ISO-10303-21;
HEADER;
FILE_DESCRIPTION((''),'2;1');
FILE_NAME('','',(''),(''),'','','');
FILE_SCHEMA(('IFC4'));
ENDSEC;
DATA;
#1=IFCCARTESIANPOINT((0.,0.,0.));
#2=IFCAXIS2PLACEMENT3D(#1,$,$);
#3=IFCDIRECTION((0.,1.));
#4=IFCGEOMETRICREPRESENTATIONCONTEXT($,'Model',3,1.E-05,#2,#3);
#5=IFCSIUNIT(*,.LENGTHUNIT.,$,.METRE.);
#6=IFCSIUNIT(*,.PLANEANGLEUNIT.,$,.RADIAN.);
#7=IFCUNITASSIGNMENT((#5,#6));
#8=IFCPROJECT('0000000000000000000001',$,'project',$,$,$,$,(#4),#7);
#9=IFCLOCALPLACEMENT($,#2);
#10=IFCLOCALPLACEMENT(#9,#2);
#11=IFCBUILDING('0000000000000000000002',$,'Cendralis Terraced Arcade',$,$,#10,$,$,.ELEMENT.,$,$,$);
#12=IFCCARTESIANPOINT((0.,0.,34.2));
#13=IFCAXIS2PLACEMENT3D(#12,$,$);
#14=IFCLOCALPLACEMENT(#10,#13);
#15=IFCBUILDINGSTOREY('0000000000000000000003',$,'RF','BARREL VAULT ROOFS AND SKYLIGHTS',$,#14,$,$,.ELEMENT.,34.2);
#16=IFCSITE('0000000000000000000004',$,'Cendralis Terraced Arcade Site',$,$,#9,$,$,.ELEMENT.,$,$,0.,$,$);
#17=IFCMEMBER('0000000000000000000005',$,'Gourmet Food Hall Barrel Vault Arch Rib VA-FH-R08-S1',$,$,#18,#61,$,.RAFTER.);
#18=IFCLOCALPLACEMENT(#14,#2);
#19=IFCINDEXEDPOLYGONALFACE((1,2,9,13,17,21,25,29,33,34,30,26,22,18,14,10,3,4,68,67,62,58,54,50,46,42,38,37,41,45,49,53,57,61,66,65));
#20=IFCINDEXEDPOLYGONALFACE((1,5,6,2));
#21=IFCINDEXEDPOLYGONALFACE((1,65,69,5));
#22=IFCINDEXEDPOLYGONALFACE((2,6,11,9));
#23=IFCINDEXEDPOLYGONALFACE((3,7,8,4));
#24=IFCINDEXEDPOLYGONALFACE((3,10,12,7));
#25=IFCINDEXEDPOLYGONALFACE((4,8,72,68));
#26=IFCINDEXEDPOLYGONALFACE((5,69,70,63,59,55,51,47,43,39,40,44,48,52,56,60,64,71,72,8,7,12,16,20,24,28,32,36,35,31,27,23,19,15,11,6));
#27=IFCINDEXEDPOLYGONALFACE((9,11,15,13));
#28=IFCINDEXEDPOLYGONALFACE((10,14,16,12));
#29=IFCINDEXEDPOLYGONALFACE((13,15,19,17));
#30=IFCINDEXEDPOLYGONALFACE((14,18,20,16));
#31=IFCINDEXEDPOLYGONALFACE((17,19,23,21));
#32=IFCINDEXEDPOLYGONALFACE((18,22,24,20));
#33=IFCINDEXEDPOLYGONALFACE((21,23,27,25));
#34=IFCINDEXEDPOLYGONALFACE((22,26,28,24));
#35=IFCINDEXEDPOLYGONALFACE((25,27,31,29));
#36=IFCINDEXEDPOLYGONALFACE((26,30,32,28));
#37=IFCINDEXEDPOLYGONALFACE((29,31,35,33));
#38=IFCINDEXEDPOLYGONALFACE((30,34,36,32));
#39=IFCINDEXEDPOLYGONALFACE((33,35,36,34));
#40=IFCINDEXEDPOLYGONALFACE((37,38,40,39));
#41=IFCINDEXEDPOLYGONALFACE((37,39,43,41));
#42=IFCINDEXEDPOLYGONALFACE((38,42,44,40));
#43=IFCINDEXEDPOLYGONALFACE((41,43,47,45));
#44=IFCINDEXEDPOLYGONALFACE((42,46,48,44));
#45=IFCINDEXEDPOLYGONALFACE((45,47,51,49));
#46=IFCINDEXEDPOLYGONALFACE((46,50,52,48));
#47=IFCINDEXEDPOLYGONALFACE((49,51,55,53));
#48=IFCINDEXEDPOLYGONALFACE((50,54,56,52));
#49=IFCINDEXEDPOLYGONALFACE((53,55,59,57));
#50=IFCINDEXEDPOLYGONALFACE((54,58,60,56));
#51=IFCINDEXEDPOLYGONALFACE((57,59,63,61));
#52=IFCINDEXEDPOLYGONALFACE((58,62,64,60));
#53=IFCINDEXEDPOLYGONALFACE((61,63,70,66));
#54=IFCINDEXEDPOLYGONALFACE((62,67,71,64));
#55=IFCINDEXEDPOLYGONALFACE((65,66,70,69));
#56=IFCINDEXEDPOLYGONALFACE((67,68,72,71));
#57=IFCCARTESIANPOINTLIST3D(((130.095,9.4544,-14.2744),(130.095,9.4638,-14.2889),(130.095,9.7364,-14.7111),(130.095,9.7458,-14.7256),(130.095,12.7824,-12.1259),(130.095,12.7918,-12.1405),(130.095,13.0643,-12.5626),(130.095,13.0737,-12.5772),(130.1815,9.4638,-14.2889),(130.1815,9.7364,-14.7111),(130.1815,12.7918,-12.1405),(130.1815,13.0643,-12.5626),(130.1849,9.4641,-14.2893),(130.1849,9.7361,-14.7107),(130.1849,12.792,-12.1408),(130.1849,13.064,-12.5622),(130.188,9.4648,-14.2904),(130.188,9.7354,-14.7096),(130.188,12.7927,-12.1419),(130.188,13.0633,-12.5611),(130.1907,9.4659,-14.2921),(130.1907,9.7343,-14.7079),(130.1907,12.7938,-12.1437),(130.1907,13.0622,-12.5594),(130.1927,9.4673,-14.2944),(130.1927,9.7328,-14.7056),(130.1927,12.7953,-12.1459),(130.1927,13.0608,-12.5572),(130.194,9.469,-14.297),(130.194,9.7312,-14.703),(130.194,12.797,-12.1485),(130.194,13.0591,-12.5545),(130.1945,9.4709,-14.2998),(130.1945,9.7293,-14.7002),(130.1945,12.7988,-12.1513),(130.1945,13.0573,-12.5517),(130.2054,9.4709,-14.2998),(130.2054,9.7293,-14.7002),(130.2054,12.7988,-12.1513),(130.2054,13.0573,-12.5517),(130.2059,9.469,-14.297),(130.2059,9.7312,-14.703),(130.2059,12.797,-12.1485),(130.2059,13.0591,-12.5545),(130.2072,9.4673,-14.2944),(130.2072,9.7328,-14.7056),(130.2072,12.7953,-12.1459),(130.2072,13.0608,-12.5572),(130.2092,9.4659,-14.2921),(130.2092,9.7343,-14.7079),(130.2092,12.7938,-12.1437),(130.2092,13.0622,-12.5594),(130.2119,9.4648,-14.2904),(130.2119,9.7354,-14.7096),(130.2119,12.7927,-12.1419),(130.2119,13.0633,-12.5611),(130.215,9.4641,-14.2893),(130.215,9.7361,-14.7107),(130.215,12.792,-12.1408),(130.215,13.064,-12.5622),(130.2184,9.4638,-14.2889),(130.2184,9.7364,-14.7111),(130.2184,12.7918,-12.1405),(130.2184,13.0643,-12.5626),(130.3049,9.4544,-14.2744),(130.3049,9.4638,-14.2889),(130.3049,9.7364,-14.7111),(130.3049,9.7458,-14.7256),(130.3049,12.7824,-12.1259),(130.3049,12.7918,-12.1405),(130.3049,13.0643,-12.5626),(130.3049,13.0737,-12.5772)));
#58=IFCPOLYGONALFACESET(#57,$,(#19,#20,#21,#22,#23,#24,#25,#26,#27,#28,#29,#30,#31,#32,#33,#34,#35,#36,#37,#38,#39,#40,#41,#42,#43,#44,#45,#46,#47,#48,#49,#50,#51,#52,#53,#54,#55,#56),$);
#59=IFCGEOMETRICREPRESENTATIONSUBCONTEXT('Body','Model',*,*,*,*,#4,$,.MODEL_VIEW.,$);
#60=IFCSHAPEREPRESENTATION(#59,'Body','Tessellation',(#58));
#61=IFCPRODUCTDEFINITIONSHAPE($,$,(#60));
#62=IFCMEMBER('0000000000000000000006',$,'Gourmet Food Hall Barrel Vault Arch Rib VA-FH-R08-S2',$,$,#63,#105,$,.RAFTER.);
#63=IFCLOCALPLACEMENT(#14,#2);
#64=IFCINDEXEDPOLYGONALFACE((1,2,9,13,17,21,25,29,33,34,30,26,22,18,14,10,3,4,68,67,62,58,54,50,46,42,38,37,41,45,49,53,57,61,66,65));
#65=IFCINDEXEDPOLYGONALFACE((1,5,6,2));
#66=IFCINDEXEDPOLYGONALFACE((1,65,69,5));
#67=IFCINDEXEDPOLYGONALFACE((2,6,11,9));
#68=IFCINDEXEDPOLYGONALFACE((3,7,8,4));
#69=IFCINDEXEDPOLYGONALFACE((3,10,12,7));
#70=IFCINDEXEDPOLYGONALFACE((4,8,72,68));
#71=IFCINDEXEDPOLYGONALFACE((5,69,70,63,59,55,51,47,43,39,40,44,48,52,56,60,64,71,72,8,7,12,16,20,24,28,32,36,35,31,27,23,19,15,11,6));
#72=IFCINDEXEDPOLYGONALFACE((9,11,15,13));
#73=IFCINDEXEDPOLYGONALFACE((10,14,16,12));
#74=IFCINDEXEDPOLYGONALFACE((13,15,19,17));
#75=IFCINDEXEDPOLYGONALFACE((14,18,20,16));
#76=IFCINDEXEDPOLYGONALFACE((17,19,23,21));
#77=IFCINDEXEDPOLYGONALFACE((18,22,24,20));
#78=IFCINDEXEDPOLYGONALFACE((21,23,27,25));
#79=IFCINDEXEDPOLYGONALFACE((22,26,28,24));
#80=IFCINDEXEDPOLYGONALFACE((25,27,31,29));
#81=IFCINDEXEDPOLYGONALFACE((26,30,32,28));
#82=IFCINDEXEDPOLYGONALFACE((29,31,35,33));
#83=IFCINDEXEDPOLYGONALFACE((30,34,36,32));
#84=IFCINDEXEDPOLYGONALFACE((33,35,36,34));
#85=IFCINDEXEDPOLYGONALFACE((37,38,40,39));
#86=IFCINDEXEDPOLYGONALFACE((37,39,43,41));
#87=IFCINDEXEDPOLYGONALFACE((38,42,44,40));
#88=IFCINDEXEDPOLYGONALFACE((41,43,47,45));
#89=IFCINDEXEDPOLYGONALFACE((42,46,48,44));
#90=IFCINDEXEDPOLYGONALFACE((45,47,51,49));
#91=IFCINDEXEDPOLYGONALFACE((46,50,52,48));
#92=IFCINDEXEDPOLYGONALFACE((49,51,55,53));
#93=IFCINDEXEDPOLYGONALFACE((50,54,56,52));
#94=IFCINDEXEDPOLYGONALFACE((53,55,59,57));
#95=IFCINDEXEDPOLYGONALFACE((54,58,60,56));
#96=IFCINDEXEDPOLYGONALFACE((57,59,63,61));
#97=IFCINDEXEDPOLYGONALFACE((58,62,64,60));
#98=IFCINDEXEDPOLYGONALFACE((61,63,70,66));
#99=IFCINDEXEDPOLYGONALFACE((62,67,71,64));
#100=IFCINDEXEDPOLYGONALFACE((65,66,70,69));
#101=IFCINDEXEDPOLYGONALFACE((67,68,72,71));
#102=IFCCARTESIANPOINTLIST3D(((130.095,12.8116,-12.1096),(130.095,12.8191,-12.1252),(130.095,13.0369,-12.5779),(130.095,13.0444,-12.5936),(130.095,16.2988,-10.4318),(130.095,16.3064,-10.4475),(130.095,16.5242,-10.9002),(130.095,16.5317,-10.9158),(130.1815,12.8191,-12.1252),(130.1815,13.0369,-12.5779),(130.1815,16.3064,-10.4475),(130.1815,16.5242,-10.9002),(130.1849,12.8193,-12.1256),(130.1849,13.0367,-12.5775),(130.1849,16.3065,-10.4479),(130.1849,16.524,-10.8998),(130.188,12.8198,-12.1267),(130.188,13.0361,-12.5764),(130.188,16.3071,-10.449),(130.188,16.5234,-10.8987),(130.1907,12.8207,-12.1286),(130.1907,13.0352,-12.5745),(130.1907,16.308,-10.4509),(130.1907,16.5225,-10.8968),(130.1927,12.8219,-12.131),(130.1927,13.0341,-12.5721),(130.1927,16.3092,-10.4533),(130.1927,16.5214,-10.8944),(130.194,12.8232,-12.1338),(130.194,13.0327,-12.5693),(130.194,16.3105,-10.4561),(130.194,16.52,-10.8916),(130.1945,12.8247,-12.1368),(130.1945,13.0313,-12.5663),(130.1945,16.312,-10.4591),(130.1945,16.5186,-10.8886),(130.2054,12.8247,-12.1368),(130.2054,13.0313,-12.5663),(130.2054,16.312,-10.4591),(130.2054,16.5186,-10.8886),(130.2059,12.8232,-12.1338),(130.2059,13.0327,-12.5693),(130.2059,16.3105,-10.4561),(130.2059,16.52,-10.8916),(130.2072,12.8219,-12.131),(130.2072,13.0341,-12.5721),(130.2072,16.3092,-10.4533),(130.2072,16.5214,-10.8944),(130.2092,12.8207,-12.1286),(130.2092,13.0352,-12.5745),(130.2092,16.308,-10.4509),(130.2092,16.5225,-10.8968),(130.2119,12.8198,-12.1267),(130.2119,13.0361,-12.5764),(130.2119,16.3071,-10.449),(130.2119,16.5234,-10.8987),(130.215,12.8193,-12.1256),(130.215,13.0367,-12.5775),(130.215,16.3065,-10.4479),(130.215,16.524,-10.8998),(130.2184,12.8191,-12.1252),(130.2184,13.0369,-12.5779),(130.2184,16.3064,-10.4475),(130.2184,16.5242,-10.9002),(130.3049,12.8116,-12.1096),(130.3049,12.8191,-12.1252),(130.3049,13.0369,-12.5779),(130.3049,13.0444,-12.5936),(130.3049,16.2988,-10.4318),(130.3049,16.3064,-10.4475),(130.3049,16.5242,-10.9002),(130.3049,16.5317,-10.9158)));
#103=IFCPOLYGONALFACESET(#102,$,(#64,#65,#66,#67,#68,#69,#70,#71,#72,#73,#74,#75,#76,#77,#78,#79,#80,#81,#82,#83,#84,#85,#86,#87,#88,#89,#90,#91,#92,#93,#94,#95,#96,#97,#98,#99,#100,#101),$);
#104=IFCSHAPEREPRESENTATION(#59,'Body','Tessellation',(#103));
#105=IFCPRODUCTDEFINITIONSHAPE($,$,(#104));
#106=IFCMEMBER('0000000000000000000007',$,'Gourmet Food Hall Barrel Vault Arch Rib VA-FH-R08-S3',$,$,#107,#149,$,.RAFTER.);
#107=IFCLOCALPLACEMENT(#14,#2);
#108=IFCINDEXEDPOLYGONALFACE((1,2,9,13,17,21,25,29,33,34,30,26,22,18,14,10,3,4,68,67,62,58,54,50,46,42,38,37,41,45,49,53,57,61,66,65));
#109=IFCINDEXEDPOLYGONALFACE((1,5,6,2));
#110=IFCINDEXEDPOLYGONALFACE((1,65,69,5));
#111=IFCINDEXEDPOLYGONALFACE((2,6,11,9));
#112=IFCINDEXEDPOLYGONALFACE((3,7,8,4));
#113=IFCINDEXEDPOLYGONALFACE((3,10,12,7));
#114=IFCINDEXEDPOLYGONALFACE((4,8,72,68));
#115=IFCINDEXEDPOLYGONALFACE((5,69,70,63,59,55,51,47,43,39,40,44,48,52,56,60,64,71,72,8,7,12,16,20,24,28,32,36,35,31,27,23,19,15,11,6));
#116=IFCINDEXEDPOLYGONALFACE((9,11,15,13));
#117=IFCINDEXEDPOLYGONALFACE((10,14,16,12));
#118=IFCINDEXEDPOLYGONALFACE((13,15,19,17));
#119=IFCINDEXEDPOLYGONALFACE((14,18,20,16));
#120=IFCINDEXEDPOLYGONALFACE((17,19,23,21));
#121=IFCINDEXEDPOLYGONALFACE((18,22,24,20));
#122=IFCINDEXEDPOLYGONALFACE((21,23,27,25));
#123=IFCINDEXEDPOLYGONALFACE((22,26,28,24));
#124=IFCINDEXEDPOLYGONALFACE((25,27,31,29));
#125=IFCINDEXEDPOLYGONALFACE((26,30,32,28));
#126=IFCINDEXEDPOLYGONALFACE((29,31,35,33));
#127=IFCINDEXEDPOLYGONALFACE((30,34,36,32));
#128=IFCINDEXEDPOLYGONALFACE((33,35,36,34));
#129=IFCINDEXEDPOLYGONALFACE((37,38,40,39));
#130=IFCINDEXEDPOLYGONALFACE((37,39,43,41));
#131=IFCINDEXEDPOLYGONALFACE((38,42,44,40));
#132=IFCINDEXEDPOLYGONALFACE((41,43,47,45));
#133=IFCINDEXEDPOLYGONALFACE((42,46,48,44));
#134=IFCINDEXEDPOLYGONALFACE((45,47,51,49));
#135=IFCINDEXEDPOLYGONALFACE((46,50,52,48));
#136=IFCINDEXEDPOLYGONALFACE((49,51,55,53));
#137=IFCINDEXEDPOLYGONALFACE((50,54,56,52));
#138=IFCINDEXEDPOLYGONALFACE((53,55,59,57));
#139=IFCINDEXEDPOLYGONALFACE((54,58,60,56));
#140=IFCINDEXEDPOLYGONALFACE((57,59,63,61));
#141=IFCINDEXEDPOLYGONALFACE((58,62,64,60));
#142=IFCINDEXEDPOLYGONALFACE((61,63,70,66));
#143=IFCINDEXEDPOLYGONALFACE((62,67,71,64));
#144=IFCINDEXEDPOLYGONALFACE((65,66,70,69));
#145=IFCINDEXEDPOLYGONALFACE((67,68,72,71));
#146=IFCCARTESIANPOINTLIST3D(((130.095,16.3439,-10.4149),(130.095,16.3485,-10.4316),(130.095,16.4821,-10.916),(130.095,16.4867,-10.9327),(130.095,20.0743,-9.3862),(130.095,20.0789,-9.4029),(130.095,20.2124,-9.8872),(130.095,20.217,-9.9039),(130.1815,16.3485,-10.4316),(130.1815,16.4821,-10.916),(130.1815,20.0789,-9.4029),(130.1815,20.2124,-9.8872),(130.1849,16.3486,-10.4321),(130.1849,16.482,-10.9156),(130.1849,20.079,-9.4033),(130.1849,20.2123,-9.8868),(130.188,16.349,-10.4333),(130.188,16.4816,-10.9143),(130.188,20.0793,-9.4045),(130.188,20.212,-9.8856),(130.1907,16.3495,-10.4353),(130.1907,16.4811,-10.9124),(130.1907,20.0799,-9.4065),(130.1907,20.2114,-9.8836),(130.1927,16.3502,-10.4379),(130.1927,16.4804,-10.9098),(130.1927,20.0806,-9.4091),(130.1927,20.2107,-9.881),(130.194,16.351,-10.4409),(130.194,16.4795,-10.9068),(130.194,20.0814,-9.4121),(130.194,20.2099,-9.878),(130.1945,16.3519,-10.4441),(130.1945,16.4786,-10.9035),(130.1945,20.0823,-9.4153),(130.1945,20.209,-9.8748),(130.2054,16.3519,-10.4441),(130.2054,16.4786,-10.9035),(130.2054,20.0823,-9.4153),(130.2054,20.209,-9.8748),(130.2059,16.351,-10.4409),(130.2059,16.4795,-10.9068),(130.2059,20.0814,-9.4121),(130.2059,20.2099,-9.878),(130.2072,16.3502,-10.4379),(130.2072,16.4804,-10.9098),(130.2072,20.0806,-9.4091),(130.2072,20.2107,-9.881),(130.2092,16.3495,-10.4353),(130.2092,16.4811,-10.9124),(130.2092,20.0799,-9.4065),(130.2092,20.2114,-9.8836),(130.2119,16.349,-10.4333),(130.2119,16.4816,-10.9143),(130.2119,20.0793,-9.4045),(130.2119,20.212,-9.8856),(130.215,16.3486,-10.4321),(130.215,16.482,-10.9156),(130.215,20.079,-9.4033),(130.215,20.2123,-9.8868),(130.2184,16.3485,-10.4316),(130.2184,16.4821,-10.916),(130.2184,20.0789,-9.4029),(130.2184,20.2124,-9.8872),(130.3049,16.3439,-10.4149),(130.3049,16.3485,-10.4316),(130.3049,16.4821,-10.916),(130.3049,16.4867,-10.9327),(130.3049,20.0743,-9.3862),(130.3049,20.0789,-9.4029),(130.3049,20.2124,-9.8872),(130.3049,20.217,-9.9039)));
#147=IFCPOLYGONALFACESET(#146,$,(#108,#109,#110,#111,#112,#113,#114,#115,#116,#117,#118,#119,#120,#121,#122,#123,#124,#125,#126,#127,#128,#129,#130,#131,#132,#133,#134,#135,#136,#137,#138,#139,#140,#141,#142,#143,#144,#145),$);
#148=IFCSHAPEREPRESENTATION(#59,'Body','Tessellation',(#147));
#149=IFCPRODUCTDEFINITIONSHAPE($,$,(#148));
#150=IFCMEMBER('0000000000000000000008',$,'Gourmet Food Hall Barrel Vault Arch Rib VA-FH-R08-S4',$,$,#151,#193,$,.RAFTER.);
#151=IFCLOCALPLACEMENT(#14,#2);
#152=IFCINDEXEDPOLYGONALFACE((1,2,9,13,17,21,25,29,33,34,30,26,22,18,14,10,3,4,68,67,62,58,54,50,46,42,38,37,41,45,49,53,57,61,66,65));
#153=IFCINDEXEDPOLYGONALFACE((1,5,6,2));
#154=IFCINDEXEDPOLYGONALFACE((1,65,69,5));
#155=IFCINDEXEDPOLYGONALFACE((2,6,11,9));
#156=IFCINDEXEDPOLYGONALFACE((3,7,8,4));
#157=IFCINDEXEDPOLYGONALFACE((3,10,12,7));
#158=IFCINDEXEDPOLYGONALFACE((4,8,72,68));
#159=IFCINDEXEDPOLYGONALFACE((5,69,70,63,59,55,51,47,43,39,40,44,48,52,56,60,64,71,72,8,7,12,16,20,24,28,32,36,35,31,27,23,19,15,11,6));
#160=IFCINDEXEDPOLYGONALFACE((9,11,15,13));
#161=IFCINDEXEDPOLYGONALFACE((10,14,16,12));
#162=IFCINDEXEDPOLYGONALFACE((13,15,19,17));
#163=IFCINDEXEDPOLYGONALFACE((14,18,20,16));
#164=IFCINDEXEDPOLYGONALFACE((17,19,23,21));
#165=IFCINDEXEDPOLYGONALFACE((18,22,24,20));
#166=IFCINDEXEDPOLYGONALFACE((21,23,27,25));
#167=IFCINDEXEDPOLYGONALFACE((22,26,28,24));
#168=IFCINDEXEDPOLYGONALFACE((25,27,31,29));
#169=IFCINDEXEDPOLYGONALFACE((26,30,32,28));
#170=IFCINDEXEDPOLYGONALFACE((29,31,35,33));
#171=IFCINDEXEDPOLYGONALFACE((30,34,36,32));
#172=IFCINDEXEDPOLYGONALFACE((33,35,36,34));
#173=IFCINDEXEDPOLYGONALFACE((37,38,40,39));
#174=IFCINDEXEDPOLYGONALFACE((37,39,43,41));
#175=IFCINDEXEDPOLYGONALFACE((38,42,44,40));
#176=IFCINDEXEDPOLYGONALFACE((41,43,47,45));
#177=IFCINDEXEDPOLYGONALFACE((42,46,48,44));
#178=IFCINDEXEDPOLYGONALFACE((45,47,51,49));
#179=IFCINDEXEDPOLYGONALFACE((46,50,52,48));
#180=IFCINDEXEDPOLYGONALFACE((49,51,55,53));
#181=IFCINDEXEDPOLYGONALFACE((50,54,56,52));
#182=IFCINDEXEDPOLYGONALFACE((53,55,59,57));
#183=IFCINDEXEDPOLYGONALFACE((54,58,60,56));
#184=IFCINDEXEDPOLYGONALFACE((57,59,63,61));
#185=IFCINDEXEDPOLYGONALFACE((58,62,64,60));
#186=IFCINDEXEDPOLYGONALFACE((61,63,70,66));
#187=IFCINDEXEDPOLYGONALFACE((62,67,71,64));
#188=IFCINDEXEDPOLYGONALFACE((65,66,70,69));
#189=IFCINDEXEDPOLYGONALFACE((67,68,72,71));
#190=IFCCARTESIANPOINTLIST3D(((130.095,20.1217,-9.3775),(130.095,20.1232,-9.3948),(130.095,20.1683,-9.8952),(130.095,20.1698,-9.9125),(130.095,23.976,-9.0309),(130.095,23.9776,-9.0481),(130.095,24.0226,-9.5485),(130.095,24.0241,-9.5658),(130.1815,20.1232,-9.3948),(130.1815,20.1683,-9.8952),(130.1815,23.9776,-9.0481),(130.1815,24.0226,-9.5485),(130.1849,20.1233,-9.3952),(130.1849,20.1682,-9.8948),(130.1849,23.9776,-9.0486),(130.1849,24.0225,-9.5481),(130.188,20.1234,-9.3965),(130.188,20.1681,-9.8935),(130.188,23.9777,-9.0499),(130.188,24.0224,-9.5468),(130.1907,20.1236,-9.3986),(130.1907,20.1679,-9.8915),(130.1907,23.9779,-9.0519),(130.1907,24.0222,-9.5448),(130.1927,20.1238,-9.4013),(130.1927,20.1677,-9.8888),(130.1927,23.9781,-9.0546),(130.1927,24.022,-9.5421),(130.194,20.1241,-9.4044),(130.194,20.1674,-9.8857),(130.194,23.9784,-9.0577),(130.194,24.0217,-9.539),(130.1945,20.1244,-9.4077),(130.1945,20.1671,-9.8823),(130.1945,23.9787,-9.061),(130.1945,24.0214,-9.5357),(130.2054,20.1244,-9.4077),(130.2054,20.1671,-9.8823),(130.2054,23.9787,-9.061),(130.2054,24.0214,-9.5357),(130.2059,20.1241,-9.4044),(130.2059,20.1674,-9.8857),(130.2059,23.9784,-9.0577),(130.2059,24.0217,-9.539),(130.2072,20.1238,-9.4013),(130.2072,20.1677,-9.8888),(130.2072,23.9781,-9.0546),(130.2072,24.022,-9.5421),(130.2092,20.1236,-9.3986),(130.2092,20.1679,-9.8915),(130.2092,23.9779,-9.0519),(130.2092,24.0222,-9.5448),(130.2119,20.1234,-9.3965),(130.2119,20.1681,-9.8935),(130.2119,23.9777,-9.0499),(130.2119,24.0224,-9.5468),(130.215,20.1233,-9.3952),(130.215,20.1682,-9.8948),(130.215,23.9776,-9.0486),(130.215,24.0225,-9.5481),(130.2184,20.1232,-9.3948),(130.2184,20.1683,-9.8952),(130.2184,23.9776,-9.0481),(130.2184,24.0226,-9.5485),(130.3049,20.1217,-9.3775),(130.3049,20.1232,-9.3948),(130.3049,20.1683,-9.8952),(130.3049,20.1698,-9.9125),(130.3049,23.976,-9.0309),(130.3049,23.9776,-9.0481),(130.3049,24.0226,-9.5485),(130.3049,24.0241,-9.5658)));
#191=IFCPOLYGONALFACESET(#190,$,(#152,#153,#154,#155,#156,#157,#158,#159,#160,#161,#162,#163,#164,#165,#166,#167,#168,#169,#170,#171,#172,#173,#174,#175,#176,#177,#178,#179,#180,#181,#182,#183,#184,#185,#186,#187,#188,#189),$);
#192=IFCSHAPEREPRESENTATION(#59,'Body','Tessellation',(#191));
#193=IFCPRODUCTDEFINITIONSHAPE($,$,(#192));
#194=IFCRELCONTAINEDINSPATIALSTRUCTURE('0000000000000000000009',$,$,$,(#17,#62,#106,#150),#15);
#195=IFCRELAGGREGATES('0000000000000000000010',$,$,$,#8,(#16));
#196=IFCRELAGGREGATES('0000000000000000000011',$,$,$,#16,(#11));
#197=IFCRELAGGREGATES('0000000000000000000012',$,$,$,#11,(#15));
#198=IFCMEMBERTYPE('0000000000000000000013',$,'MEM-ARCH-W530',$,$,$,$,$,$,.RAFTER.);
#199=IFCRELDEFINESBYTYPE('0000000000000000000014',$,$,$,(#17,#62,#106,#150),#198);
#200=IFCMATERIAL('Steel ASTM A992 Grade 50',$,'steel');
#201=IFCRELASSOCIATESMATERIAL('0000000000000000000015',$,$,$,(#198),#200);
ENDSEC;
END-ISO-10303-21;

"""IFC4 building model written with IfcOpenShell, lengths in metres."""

from ifc_helpers import new_model, si_unit, direction, frame, origin, origin_2d, place, context, subcontext, project, spatial, i_section, extrude, material, material_profile, profile_set, type_object, element, save


model = new_model("IFC4")

# Units and contexts
model_context = context("Model", 3, precision=1e-05, world=origin(), true_north=direction((0.0, 1.0)))
body_context = subcontext(model_context, "Body", "Model", "MODEL_VIEW")
ifc_project = project(units=[si_unit("LENGTHUNIT", "METRE"), si_unit("PLANEANGLEUNIT", "RADIAN")], contexts=[model_context])

# Site, building, storey
site_placement = place(None, origin())
site = spatial("IfcSite", under=ifc_project, at=site_placement, Name="Cendralis Terraced Arcade Site", CompositionType="ELEMENT", RefElevation=0.0)
building_placement = place(site_placement, origin())
building = spatial("IfcBuilding", under=site, at=building_placement, Name="Cendralis Terraced Arcade", CompositionType="ELEMENT")
storey_placement = place(building_placement, frame((0.0, 0.0, 34.2)))
storey = spatial("IfcBuildingStorey", under=building, at=storey_placement, Name="RF", Description="BARREL VAULT ROOFS AND SKYLIGHTS", CompositionType="ELEMENT", Elevation=34.2)

# Members
ifc_material_1 = material(Name="Steel ASTM A992 Grade 50", Category="steel")
ifc_material_profile_1 = material_profile(ifc_material_1, i_section(OverallWidth=0.21, OverallDepth=0.5371, WebThickness=0.011, FlangeThickness=0.0173, FilletRadius=0.0129, at=origin_2d()), Name="W530X101", Category="LoadBearing")
ifc_profile_set_1 = profile_set([ifc_material_profile_1], Name="Steel ASTM A992 Grade 50")
member_type_1 = type_object("IfcMemberType", Name="MEM-ARCH-W530", PredefinedType="RAFTER", material=ifc_profile_set_1)
member_1_placement = place(storey_placement, frame((130.2, 9.6001, -14.5), z_axis=(0.0, 0.840134, 0.54238), x_axis=(-1.0, 0.0, 0.0)))
element("IfcMember", 1, at=member_1_placement, inside=storey, type_object=member_type_1, Name="Gourmet Food Hall Barrel Vault Arch Rib VA-FH-R08-S1", PredefinedType="RAFTER", context=body_context, shape_type="SweptSolid", body=[
    extrude(i_section(OverallWidth=0.21, OverallDepth=0.5371, WebThickness=0.011, FlangeThickness=0.0173, FilletRadius=0.0129, at=origin_2d()), origin(), (0.0, 0.0, 1.0), 3.9612),
])
member_2_placement = place(storey_placement, frame((130.2, 12.928, -12.3516), z_axis=(0.0, 0.901137, 0.433535), x_axis=(-1.0, 0.0, 0.0)))
element("IfcMember", 2, at=member_2_placement, inside=storey, type_object=member_type_1, Name="Gourmet Food Hall Barrel Vault Arch Rib VA-FH-R08-S2", PredefinedType="RAFTER", context=body_context, shape_type="SweptSolid", body=[
    extrude(i_section(OverallWidth=0.21, OverallDepth=0.5371, WebThickness=0.011, FlangeThickness=0.0173, FilletRadius=0.0129, at=origin_2d()), origin(), (0.0, 0.0, 1.0), 3.8699),
])
member_3_placement = place(storey_placement, frame((130.2, 16.4153, -10.6738), z_axis=(0.0, 0.964012, 0.26586), x_axis=(-1.0, 0.0, 0.0)))
element("IfcMember", 3, at=member_3_placement, inside=storey, type_object=member_type_1, Name="Gourmet Food Hall Barrel Vault Arch Rib VA-FH-R08-S3", PredefinedType="RAFTER", context=body_context, shape_type="SweptSolid", body=[
    extrude(i_section(OverallWidth=0.21, OverallDepth=0.5371, WebThickness=0.011, FlangeThickness=0.0173, FilletRadius=0.0129, at=origin_2d()), origin(), (0.0, 0.0, 1.0), 3.8696),
])
for number, where, z_axis, x_axis, name in (
    (4, (130.2, 20.1458, -9.645), (0.0, 0.995979, 0.089586), (-1.0, 0.0, 0.0), "Gourmet Food Hall Barrel Vault Arch Rib VA-FH-R08-S4"),
):
    element("IfcMember", number, at=place(storey_placement, frame(where, z_axis=z_axis, x_axis=x_axis)), inside=storey, type_object=member_type_1, Name=name, PredefinedType="RAFTER", context=body_context, shape_type="SweptSolid", body=[
        extrude(i_section(OverallWidth=0.21, OverallDepth=0.5371, WebThickness=0.011, FlangeThickness=0.0173, FilletRadius=0.0129, at=origin_2d()), origin(), (0.0, 0.0, 1.0), 3.8699),
    ])

save(model, "model.ifc")
